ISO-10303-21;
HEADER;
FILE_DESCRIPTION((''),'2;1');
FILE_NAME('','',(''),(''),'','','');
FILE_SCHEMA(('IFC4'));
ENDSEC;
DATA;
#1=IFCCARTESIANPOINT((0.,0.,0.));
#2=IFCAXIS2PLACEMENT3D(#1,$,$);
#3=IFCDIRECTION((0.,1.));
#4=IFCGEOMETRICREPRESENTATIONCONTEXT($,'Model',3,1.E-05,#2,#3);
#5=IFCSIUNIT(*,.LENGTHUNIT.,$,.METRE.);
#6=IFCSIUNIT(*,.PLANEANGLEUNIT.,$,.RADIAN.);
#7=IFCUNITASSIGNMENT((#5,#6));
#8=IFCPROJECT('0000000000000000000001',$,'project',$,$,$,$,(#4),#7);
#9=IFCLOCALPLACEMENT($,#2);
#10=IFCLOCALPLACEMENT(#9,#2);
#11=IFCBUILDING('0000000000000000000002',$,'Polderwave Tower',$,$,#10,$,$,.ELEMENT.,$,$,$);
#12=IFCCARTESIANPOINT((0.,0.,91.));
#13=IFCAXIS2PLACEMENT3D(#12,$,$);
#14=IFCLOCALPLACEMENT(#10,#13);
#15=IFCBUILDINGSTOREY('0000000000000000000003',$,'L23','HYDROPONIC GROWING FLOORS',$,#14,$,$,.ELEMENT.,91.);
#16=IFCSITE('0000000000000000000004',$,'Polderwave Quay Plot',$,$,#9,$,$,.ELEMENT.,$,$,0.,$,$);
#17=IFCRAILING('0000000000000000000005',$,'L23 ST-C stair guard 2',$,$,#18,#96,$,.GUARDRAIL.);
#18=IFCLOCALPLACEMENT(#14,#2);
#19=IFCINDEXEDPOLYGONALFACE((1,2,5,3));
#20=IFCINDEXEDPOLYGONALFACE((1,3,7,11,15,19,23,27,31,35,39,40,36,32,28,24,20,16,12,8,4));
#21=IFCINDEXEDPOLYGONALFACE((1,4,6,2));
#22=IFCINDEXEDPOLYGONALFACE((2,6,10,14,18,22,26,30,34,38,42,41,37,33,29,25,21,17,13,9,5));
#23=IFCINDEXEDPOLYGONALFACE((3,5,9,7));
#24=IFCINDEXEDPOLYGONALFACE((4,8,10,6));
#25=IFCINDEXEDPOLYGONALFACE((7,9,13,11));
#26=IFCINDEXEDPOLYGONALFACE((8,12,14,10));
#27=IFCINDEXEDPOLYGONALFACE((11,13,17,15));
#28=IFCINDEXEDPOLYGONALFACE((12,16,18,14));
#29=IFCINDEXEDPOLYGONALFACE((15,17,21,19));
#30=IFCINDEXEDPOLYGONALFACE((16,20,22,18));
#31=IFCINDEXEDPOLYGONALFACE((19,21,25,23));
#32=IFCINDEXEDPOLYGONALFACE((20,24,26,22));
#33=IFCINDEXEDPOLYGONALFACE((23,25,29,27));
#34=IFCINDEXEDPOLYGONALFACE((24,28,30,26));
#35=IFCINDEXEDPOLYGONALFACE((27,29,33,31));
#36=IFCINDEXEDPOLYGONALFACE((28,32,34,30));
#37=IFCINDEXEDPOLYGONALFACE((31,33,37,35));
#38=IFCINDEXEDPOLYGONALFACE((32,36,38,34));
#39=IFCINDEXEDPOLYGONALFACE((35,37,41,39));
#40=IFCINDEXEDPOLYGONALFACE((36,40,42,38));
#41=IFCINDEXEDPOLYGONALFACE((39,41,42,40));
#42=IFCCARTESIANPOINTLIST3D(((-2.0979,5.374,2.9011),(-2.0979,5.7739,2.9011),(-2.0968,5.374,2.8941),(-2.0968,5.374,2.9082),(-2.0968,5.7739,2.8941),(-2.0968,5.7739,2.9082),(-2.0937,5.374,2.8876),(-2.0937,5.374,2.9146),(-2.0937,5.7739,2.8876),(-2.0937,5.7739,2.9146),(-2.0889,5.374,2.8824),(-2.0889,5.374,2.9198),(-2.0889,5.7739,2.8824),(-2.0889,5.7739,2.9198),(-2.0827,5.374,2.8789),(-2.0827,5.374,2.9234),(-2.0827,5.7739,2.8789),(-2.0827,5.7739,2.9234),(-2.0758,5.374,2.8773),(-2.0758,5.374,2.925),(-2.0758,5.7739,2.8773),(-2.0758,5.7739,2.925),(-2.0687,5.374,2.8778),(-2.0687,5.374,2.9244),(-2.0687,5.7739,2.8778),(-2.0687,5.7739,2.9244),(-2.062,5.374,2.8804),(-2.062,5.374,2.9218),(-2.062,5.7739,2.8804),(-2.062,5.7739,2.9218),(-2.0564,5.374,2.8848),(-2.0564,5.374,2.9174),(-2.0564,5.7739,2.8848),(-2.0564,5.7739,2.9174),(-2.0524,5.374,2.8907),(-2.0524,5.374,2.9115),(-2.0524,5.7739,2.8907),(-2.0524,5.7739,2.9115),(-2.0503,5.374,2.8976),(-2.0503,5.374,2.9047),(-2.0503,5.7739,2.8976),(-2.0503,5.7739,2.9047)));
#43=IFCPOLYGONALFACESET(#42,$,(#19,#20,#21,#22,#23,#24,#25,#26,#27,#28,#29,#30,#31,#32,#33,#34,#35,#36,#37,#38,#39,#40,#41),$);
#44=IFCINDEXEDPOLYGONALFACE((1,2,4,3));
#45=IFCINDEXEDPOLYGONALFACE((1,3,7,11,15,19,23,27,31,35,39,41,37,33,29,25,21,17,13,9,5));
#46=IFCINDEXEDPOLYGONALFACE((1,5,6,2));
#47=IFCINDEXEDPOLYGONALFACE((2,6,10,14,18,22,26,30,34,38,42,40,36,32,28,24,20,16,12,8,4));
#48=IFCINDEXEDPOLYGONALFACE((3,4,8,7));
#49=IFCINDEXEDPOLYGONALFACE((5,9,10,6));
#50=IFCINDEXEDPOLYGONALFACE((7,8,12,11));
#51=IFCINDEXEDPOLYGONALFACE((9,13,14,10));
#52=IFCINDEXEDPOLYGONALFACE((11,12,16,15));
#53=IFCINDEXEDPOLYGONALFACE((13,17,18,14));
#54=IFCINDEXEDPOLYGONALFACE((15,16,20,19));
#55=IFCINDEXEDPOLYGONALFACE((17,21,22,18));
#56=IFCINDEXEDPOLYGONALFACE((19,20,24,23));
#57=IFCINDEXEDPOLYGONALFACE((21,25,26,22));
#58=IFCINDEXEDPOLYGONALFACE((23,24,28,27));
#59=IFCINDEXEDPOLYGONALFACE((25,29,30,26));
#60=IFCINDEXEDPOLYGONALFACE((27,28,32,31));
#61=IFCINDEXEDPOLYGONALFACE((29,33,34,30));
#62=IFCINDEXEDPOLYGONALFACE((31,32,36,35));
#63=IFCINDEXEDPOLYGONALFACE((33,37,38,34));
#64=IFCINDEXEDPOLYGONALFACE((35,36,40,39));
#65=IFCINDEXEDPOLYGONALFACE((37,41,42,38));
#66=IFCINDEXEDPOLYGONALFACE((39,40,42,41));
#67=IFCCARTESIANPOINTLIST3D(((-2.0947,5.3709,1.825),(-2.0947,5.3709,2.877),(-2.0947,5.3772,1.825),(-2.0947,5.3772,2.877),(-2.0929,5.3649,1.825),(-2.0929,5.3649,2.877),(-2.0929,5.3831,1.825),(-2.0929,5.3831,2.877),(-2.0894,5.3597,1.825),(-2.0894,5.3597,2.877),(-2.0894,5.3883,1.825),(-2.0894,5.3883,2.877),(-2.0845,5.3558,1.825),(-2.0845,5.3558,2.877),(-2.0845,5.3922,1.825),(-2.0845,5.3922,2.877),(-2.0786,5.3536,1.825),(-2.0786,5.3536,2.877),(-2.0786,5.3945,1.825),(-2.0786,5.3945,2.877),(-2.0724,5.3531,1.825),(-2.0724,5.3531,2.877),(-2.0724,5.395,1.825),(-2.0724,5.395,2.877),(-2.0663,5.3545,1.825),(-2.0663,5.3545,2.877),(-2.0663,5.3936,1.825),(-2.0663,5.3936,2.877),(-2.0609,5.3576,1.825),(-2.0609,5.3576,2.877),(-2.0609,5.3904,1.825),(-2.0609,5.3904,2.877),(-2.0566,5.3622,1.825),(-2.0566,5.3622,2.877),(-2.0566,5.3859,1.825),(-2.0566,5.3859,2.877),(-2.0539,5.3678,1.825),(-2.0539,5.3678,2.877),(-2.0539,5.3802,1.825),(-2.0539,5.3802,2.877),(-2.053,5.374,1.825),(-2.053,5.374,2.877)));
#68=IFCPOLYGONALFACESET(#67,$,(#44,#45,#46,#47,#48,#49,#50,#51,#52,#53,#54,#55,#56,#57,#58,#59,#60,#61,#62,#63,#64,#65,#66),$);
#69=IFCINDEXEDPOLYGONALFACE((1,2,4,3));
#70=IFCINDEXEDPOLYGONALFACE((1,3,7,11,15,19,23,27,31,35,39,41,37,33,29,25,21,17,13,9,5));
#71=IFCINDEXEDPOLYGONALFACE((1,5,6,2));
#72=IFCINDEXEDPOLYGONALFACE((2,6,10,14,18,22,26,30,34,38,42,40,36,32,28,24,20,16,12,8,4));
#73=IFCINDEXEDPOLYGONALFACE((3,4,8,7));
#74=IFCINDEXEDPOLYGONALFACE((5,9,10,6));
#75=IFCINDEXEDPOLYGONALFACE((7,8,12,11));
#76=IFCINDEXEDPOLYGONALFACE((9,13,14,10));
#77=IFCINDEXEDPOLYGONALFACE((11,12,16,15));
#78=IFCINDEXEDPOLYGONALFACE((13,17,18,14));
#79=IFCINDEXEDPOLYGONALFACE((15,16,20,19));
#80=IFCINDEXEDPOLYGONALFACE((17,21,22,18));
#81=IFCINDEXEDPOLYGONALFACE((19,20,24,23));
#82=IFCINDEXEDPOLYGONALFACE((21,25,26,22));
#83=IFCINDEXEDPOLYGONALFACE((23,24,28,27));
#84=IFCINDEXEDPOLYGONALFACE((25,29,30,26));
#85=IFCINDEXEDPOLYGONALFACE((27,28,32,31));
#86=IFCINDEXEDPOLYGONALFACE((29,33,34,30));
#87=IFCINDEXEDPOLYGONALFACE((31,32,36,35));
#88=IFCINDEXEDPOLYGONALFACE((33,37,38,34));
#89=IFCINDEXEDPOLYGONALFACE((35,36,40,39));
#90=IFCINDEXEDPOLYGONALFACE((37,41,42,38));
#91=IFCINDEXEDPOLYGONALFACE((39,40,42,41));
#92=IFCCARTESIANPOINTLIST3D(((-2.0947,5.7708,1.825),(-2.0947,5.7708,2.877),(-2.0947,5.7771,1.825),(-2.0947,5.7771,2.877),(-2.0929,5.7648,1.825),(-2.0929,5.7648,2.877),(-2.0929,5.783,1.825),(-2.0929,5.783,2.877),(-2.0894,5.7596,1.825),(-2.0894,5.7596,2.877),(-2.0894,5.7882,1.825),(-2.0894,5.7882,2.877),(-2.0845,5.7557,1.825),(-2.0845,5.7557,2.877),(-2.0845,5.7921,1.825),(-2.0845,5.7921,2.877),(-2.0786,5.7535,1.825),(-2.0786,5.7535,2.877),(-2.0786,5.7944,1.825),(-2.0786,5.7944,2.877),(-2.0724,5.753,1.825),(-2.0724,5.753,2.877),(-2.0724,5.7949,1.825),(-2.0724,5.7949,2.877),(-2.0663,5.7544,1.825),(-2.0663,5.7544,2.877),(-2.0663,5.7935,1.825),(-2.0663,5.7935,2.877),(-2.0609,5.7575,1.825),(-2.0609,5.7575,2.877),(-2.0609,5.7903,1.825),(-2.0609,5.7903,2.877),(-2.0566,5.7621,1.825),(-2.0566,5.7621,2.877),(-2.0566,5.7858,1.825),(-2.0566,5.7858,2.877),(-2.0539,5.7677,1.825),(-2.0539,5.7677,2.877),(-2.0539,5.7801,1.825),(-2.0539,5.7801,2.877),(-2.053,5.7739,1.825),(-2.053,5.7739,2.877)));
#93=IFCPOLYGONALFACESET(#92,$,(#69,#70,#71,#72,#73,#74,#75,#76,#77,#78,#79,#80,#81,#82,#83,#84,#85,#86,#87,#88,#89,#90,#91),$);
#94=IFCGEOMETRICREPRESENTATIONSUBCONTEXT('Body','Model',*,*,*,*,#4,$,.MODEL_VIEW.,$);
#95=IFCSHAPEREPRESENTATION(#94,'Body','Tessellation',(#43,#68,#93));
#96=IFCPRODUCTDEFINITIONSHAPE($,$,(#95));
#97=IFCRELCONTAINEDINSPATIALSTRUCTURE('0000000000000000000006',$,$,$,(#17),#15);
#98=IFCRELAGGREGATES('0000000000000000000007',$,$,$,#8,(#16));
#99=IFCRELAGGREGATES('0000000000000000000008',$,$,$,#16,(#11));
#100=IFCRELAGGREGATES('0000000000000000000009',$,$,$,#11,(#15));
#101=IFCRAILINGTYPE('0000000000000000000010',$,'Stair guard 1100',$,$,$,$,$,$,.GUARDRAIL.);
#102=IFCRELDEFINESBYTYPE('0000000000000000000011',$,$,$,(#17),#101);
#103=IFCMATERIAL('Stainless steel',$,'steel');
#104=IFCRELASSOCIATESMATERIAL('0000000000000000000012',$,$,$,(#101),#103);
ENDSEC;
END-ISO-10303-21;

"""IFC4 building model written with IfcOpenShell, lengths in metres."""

from ifc_helpers import new_model, si_unit, direction, frame, origin, origin_2d, place, context, subcontext, project, spatial, circle, extrude, material, type_object, element, save


model = new_model("IFC4")

# Units and contexts
model_context = context("Model", 3, precision=1e-05, world=origin(), true_north=direction((0.0, 1.0)))
body_context = subcontext(model_context, "Body", "Model", "MODEL_VIEW")
ifc_project = project(units=[si_unit("LENGTHUNIT", "METRE"), si_unit("PLANEANGLEUNIT", "RADIAN")], contexts=[model_context])

# Site, building, storey
site_placement = place(None, origin())
site = spatial("IfcSite", under=ifc_project, at=site_placement, Name="Polderwave Quay Plot", CompositionType="ELEMENT", RefElevation=0.0)
building_placement = place(site_placement, origin())
building = spatial("IfcBuilding", under=site, at=building_placement, Name="Polderwave Tower", CompositionType="ELEMENT")
storey_placement = place(building_placement, frame((0.0, 0.0, 91.0)))
storey = spatial("IfcBuildingStorey", under=building, at=storey_placement, Name="L23", Description="HYDROPONIC GROWING FLOORS", CompositionType="ELEMENT", Elevation=91.0)

# Railing
ifc_material_1 = material(Name="Stainless steel", Category="steel")
railing_type_1 = type_object("IfcRailingType", Name="Stair guard 1100", PredefinedType="GUARDRAIL", material=ifc_material_1)
railing_1_placement = place(storey_placement, frame((-2.074, 5.374, 1.825)))
element("IfcRailing", 1, at=railing_1_placement, inside=storey, type_object=railing_type_1, Name="L23 ST-C stair guard 2", PredefinedType="GUARDRAIL", context=body_context, shape_type="SweptSolid", body=[
    extrude(circle(Radius=0.0239, at=origin_2d()), frame((0.0, 0.0, 1.0762), z_axis=(0.0, 1.0, 0.0), x_axis=(-1.0, 0.0, 0.0)), (0.0, 0.0, 1.0), 0.3999),
    extrude(circle(Radius=0.021, at=origin_2d()), origin(), (0.0, 0.0, 1.0), 1.052),
    extrude(circle(Radius=0.021, at=origin_2d()), frame((0.0, 0.3999, 0.0)), (0.0, 0.0, 1.0), 1.052),
])

save(model, "model.ifc")
